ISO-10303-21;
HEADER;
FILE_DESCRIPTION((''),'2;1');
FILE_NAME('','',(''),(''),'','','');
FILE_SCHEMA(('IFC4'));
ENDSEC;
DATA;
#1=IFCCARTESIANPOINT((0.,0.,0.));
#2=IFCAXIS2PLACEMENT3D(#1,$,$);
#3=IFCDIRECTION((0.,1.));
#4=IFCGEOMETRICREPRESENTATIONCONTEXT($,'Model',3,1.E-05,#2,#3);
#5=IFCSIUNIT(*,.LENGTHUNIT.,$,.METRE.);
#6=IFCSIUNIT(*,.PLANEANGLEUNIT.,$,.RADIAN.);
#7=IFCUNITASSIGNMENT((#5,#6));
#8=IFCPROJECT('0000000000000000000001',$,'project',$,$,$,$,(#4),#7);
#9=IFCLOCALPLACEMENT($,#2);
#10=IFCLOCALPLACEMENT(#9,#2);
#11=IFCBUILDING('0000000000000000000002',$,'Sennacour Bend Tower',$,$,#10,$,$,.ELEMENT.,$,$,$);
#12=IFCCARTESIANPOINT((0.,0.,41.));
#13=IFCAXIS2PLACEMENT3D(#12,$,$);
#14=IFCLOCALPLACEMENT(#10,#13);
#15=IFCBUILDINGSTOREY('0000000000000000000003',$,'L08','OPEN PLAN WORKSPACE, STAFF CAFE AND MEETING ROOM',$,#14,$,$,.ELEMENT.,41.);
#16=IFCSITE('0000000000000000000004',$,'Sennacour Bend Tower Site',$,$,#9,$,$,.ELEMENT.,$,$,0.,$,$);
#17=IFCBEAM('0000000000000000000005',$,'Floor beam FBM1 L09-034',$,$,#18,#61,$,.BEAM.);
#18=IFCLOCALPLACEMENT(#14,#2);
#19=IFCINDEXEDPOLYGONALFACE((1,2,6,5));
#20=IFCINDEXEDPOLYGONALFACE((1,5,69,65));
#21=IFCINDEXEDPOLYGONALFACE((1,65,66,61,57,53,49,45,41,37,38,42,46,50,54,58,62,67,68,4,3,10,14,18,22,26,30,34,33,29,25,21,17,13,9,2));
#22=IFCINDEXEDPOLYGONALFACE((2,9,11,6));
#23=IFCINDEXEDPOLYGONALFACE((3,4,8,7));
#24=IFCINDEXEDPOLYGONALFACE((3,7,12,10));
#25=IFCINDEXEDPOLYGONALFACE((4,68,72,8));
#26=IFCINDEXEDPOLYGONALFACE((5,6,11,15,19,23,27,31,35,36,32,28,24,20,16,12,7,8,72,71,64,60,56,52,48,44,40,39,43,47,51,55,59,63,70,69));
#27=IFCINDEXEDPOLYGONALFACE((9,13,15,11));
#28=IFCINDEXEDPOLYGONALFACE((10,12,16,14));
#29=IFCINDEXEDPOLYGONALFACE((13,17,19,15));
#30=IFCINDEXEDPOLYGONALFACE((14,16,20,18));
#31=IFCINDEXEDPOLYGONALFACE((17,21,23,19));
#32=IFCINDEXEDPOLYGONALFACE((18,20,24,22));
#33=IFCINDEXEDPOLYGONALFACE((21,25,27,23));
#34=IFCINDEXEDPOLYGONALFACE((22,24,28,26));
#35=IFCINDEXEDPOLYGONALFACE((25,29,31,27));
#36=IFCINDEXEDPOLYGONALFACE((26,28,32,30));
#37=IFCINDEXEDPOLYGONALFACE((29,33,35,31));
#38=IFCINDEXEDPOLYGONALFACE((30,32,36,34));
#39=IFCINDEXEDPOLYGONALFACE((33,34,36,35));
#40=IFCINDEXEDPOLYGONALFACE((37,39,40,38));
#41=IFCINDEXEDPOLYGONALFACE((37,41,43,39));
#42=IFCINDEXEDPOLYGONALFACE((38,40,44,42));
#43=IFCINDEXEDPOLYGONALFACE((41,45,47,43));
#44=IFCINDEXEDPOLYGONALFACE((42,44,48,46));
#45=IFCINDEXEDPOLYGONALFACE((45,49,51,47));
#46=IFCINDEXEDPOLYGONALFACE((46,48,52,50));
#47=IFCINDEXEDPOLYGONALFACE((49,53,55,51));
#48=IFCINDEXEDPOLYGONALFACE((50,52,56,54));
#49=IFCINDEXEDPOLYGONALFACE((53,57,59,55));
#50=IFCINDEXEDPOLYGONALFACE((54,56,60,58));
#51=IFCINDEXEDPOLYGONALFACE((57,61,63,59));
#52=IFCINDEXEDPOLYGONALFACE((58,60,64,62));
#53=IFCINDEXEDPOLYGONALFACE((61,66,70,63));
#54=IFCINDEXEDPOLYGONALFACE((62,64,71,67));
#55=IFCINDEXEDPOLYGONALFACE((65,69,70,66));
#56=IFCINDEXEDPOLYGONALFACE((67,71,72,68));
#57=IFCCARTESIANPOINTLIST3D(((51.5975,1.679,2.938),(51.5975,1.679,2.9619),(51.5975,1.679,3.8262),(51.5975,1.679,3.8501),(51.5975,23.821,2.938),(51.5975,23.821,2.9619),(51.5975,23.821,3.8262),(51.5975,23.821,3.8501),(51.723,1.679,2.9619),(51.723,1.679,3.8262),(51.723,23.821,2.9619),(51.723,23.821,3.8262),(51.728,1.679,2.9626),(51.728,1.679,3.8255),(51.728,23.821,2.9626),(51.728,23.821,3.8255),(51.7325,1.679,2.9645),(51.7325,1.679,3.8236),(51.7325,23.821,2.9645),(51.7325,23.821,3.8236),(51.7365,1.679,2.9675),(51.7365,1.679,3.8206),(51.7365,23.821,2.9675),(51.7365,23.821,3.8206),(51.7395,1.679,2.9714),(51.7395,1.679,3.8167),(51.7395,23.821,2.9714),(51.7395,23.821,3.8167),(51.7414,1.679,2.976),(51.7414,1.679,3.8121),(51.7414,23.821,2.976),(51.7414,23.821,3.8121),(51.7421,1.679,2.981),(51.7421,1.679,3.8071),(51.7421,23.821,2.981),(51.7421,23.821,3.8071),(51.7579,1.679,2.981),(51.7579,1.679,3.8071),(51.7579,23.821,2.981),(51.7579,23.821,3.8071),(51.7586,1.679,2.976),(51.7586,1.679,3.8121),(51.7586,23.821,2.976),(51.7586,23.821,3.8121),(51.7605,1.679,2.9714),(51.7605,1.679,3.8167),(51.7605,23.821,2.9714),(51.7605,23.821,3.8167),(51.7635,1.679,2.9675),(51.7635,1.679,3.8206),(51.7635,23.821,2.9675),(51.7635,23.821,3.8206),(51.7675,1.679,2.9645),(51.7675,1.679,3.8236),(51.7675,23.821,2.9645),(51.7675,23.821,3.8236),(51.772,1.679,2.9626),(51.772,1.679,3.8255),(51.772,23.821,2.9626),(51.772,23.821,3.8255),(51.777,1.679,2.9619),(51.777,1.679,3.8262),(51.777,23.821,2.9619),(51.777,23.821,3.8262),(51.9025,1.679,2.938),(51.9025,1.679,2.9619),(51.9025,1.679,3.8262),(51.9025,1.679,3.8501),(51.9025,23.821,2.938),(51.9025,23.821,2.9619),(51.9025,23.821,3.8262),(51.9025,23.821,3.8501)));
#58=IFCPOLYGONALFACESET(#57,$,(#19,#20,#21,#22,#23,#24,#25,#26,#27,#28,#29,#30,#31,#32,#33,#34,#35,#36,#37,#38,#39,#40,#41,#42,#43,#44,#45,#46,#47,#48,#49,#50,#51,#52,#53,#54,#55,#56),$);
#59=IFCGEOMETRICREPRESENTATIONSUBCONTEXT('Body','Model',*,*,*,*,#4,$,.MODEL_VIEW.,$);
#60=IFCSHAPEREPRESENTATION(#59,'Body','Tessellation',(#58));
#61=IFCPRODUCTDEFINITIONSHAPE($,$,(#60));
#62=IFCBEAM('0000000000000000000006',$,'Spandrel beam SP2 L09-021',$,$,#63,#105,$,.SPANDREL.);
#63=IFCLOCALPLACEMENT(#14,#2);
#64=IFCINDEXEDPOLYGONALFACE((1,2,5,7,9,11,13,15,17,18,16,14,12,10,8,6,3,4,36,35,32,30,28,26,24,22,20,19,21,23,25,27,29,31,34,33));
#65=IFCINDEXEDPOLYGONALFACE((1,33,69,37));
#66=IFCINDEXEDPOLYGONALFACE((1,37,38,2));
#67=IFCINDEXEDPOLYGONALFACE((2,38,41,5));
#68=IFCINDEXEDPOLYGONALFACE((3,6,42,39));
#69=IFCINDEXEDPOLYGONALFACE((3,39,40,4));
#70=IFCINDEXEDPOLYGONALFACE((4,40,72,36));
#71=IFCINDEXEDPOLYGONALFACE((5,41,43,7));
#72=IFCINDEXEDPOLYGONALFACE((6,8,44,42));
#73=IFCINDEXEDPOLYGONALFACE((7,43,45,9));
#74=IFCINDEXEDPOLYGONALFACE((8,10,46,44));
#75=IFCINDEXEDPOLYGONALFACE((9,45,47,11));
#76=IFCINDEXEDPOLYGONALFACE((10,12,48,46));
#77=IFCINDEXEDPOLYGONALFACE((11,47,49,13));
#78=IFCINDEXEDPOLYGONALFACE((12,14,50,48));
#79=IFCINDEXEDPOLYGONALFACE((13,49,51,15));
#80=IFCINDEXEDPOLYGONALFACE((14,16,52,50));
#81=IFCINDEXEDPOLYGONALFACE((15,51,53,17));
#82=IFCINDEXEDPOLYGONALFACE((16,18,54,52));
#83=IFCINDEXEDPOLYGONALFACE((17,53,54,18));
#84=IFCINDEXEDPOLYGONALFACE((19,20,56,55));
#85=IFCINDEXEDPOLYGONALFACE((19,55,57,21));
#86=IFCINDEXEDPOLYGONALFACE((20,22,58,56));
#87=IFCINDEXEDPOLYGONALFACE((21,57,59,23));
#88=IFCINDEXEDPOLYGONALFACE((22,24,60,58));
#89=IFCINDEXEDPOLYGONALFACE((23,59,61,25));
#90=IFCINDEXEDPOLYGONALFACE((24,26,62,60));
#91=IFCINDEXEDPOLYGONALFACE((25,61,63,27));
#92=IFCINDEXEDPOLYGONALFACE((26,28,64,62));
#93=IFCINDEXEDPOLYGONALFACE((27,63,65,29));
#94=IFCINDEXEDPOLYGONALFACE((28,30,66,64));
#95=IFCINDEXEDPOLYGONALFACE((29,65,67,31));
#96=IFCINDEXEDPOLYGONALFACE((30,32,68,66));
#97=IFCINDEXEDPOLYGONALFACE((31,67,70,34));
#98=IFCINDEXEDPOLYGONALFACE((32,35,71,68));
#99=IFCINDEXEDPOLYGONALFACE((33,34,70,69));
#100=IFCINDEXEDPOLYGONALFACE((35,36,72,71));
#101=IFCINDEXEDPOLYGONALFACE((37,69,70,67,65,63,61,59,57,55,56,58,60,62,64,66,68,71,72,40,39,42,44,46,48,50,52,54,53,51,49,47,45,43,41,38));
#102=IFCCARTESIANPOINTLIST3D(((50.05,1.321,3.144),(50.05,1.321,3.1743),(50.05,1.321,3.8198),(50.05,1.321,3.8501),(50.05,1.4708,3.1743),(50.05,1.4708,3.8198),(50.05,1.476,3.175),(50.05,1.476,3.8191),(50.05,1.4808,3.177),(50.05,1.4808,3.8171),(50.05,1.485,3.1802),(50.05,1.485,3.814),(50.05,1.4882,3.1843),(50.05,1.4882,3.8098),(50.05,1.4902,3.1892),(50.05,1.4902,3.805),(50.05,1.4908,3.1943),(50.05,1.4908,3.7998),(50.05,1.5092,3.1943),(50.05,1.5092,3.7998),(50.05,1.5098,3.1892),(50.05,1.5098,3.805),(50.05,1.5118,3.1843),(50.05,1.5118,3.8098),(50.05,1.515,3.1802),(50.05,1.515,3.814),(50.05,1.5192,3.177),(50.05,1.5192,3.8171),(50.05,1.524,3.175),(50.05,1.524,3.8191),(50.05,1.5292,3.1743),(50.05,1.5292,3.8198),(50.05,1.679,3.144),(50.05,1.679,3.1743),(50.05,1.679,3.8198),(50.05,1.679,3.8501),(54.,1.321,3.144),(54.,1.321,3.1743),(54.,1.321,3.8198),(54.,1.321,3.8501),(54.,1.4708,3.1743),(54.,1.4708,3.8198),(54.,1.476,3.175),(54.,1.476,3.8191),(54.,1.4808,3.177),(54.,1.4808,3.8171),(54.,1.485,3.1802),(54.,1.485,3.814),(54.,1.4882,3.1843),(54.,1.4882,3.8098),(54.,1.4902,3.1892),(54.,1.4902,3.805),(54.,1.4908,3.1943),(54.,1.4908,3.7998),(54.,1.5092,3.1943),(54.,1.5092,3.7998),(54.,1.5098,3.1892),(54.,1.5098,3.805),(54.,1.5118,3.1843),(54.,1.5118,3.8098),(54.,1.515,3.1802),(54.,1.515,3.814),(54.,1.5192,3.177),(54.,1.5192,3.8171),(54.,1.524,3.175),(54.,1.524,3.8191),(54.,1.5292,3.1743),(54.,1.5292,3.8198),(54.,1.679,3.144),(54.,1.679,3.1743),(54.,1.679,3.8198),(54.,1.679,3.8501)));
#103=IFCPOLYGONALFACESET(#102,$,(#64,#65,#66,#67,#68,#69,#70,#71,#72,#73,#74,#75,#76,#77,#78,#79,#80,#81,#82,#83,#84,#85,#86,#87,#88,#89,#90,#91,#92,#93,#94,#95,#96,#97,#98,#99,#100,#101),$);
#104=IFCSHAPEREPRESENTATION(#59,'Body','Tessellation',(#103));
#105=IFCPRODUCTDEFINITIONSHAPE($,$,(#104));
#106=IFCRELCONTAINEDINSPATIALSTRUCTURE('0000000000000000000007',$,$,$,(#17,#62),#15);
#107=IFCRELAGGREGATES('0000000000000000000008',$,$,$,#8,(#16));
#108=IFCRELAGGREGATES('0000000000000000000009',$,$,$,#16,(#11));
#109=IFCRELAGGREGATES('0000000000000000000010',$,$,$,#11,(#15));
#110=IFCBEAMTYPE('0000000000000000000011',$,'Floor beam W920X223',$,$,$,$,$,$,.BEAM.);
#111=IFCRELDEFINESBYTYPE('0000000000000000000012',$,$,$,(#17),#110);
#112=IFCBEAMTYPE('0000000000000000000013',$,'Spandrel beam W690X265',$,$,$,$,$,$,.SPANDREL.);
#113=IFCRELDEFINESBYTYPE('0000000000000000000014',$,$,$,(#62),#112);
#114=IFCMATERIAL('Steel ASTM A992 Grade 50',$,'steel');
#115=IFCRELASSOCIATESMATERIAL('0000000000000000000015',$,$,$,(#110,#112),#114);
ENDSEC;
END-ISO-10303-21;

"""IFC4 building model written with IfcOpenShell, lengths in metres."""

from ifc_helpers import new_model, si_unit, direction, frame, origin, origin_2d, place, context, subcontext, project, spatial, i_section, extrude, material, material_profile, profile_set, type_object, element, save


model = new_model("IFC4")

# Units and contexts
model_context = context("Model", 3, precision=1e-05, world=origin(), true_north=direction((0.0, 1.0)))
body_context = subcontext(model_context, "Body", "Model", "MODEL_VIEW")
ifc_project = project(units=[si_unit("LENGTHUNIT", "METRE"), si_unit("PLANEANGLEUNIT", "RADIAN")], contexts=[model_context])

# Site, building, storey
site_placement = place(None, origin())
site = spatial("IfcSite", under=ifc_project, at=site_placement, Name="Sennacour Bend Tower Site", CompositionType="ELEMENT", RefElevation=0.0)
building_placement = place(site_placement, origin())
building = spatial("IfcBuilding", under=site, at=building_placement, Name="Sennacour Bend Tower", CompositionType="ELEMENT")
storey_placement = place(building_placement, frame((0.0, 0.0, 41.0)))
storey = spatial("IfcBuildingStorey", under=building, at=storey_placement, Name="L08", Description="OPEN PLAN WORKSPACE, STAFF CAFE AND MEETING ROOM", CompositionType="ELEMENT", Elevation=41.0)

# Beams
ifc_material_1 = material(Name="Steel ASTM A992 Grade 50", Category="steel")
ifc_material_profile_1 = material_profile(ifc_material_1, i_section(OverallWidth=0.3049, OverallDepth=0.9121, WebThickness=0.0159, FlangeThickness=0.0239, FilletRadius=0.019, at=origin_2d()), Name="Steel ASTM A992 Grade 50", Category="steel")
ifc_profile_set_1 = profile_set([ifc_material_profile_1], Name="Steel ASTM A992 Grade 50")
beam_type_1 = type_object("IfcBeamType", Name="Floor beam W920X223", PredefinedType="BEAM", material=ifc_profile_set_1)
beam_1_placement = place(storey_placement, frame((51.75, 1.679, 3.394), z_axis=(0.0, 1.0, 0.0), x_axis=(-1.0, 0.0, 0.0)))
element("IfcBeam", 1, at=beam_1_placement, inside=storey, type_object=beam_type_1, Name="Floor beam FBM1 L09-034", PredefinedType="BEAM", context=body_context, shape_type="SweptSolid", body=[
    extrude(i_section(OverallWidth=0.3049, OverallDepth=0.9121, WebThickness=0.0159, FlangeThickness=0.0239, FilletRadius=0.019, at=origin_2d()), origin(), (0.0, 0.0, 1.0), 22.1421),
])
ifc_material_profile_2 = material_profile(ifc_material_1, i_section(OverallWidth=0.3579, OverallDepth=0.7061, WebThickness=0.0183, FlangeThickness=0.0303, FilletRadius=0.02, at=origin_2d()), Name="Steel ASTM A992 Grade 50", Category="steel")
ifc_profile_set_2 = profile_set([ifc_material_profile_2], Name="Steel ASTM A992 Grade 50")
beam_type_2 = type_object("IfcBeamType", Name="Spandrel beam W690X265", PredefinedType="SPANDREL", material=ifc_profile_set_2)
beam_2_placement = place(storey_placement, frame((54.0, 1.5, 3.4971), z_axis=(-1.0, 0.0, 0.0), x_axis=(0.0, -1.0, 0.0)))
element("IfcBeam", 2, at=beam_2_placement, inside=storey, type_object=beam_type_2, Name="Spandrel beam SP2 L09-021", PredefinedType="SPANDREL", context=body_context, shape_type="SweptSolid", body=[
    extrude(i_section(OverallWidth=0.3579, OverallDepth=0.7061, WebThickness=0.0183, FlangeThickness=0.0303, FilletRadius=0.02, at=origin_2d()), origin(), (0.0, 0.0, 1.0), 3.95),
])

save(model, "model.ifc")
